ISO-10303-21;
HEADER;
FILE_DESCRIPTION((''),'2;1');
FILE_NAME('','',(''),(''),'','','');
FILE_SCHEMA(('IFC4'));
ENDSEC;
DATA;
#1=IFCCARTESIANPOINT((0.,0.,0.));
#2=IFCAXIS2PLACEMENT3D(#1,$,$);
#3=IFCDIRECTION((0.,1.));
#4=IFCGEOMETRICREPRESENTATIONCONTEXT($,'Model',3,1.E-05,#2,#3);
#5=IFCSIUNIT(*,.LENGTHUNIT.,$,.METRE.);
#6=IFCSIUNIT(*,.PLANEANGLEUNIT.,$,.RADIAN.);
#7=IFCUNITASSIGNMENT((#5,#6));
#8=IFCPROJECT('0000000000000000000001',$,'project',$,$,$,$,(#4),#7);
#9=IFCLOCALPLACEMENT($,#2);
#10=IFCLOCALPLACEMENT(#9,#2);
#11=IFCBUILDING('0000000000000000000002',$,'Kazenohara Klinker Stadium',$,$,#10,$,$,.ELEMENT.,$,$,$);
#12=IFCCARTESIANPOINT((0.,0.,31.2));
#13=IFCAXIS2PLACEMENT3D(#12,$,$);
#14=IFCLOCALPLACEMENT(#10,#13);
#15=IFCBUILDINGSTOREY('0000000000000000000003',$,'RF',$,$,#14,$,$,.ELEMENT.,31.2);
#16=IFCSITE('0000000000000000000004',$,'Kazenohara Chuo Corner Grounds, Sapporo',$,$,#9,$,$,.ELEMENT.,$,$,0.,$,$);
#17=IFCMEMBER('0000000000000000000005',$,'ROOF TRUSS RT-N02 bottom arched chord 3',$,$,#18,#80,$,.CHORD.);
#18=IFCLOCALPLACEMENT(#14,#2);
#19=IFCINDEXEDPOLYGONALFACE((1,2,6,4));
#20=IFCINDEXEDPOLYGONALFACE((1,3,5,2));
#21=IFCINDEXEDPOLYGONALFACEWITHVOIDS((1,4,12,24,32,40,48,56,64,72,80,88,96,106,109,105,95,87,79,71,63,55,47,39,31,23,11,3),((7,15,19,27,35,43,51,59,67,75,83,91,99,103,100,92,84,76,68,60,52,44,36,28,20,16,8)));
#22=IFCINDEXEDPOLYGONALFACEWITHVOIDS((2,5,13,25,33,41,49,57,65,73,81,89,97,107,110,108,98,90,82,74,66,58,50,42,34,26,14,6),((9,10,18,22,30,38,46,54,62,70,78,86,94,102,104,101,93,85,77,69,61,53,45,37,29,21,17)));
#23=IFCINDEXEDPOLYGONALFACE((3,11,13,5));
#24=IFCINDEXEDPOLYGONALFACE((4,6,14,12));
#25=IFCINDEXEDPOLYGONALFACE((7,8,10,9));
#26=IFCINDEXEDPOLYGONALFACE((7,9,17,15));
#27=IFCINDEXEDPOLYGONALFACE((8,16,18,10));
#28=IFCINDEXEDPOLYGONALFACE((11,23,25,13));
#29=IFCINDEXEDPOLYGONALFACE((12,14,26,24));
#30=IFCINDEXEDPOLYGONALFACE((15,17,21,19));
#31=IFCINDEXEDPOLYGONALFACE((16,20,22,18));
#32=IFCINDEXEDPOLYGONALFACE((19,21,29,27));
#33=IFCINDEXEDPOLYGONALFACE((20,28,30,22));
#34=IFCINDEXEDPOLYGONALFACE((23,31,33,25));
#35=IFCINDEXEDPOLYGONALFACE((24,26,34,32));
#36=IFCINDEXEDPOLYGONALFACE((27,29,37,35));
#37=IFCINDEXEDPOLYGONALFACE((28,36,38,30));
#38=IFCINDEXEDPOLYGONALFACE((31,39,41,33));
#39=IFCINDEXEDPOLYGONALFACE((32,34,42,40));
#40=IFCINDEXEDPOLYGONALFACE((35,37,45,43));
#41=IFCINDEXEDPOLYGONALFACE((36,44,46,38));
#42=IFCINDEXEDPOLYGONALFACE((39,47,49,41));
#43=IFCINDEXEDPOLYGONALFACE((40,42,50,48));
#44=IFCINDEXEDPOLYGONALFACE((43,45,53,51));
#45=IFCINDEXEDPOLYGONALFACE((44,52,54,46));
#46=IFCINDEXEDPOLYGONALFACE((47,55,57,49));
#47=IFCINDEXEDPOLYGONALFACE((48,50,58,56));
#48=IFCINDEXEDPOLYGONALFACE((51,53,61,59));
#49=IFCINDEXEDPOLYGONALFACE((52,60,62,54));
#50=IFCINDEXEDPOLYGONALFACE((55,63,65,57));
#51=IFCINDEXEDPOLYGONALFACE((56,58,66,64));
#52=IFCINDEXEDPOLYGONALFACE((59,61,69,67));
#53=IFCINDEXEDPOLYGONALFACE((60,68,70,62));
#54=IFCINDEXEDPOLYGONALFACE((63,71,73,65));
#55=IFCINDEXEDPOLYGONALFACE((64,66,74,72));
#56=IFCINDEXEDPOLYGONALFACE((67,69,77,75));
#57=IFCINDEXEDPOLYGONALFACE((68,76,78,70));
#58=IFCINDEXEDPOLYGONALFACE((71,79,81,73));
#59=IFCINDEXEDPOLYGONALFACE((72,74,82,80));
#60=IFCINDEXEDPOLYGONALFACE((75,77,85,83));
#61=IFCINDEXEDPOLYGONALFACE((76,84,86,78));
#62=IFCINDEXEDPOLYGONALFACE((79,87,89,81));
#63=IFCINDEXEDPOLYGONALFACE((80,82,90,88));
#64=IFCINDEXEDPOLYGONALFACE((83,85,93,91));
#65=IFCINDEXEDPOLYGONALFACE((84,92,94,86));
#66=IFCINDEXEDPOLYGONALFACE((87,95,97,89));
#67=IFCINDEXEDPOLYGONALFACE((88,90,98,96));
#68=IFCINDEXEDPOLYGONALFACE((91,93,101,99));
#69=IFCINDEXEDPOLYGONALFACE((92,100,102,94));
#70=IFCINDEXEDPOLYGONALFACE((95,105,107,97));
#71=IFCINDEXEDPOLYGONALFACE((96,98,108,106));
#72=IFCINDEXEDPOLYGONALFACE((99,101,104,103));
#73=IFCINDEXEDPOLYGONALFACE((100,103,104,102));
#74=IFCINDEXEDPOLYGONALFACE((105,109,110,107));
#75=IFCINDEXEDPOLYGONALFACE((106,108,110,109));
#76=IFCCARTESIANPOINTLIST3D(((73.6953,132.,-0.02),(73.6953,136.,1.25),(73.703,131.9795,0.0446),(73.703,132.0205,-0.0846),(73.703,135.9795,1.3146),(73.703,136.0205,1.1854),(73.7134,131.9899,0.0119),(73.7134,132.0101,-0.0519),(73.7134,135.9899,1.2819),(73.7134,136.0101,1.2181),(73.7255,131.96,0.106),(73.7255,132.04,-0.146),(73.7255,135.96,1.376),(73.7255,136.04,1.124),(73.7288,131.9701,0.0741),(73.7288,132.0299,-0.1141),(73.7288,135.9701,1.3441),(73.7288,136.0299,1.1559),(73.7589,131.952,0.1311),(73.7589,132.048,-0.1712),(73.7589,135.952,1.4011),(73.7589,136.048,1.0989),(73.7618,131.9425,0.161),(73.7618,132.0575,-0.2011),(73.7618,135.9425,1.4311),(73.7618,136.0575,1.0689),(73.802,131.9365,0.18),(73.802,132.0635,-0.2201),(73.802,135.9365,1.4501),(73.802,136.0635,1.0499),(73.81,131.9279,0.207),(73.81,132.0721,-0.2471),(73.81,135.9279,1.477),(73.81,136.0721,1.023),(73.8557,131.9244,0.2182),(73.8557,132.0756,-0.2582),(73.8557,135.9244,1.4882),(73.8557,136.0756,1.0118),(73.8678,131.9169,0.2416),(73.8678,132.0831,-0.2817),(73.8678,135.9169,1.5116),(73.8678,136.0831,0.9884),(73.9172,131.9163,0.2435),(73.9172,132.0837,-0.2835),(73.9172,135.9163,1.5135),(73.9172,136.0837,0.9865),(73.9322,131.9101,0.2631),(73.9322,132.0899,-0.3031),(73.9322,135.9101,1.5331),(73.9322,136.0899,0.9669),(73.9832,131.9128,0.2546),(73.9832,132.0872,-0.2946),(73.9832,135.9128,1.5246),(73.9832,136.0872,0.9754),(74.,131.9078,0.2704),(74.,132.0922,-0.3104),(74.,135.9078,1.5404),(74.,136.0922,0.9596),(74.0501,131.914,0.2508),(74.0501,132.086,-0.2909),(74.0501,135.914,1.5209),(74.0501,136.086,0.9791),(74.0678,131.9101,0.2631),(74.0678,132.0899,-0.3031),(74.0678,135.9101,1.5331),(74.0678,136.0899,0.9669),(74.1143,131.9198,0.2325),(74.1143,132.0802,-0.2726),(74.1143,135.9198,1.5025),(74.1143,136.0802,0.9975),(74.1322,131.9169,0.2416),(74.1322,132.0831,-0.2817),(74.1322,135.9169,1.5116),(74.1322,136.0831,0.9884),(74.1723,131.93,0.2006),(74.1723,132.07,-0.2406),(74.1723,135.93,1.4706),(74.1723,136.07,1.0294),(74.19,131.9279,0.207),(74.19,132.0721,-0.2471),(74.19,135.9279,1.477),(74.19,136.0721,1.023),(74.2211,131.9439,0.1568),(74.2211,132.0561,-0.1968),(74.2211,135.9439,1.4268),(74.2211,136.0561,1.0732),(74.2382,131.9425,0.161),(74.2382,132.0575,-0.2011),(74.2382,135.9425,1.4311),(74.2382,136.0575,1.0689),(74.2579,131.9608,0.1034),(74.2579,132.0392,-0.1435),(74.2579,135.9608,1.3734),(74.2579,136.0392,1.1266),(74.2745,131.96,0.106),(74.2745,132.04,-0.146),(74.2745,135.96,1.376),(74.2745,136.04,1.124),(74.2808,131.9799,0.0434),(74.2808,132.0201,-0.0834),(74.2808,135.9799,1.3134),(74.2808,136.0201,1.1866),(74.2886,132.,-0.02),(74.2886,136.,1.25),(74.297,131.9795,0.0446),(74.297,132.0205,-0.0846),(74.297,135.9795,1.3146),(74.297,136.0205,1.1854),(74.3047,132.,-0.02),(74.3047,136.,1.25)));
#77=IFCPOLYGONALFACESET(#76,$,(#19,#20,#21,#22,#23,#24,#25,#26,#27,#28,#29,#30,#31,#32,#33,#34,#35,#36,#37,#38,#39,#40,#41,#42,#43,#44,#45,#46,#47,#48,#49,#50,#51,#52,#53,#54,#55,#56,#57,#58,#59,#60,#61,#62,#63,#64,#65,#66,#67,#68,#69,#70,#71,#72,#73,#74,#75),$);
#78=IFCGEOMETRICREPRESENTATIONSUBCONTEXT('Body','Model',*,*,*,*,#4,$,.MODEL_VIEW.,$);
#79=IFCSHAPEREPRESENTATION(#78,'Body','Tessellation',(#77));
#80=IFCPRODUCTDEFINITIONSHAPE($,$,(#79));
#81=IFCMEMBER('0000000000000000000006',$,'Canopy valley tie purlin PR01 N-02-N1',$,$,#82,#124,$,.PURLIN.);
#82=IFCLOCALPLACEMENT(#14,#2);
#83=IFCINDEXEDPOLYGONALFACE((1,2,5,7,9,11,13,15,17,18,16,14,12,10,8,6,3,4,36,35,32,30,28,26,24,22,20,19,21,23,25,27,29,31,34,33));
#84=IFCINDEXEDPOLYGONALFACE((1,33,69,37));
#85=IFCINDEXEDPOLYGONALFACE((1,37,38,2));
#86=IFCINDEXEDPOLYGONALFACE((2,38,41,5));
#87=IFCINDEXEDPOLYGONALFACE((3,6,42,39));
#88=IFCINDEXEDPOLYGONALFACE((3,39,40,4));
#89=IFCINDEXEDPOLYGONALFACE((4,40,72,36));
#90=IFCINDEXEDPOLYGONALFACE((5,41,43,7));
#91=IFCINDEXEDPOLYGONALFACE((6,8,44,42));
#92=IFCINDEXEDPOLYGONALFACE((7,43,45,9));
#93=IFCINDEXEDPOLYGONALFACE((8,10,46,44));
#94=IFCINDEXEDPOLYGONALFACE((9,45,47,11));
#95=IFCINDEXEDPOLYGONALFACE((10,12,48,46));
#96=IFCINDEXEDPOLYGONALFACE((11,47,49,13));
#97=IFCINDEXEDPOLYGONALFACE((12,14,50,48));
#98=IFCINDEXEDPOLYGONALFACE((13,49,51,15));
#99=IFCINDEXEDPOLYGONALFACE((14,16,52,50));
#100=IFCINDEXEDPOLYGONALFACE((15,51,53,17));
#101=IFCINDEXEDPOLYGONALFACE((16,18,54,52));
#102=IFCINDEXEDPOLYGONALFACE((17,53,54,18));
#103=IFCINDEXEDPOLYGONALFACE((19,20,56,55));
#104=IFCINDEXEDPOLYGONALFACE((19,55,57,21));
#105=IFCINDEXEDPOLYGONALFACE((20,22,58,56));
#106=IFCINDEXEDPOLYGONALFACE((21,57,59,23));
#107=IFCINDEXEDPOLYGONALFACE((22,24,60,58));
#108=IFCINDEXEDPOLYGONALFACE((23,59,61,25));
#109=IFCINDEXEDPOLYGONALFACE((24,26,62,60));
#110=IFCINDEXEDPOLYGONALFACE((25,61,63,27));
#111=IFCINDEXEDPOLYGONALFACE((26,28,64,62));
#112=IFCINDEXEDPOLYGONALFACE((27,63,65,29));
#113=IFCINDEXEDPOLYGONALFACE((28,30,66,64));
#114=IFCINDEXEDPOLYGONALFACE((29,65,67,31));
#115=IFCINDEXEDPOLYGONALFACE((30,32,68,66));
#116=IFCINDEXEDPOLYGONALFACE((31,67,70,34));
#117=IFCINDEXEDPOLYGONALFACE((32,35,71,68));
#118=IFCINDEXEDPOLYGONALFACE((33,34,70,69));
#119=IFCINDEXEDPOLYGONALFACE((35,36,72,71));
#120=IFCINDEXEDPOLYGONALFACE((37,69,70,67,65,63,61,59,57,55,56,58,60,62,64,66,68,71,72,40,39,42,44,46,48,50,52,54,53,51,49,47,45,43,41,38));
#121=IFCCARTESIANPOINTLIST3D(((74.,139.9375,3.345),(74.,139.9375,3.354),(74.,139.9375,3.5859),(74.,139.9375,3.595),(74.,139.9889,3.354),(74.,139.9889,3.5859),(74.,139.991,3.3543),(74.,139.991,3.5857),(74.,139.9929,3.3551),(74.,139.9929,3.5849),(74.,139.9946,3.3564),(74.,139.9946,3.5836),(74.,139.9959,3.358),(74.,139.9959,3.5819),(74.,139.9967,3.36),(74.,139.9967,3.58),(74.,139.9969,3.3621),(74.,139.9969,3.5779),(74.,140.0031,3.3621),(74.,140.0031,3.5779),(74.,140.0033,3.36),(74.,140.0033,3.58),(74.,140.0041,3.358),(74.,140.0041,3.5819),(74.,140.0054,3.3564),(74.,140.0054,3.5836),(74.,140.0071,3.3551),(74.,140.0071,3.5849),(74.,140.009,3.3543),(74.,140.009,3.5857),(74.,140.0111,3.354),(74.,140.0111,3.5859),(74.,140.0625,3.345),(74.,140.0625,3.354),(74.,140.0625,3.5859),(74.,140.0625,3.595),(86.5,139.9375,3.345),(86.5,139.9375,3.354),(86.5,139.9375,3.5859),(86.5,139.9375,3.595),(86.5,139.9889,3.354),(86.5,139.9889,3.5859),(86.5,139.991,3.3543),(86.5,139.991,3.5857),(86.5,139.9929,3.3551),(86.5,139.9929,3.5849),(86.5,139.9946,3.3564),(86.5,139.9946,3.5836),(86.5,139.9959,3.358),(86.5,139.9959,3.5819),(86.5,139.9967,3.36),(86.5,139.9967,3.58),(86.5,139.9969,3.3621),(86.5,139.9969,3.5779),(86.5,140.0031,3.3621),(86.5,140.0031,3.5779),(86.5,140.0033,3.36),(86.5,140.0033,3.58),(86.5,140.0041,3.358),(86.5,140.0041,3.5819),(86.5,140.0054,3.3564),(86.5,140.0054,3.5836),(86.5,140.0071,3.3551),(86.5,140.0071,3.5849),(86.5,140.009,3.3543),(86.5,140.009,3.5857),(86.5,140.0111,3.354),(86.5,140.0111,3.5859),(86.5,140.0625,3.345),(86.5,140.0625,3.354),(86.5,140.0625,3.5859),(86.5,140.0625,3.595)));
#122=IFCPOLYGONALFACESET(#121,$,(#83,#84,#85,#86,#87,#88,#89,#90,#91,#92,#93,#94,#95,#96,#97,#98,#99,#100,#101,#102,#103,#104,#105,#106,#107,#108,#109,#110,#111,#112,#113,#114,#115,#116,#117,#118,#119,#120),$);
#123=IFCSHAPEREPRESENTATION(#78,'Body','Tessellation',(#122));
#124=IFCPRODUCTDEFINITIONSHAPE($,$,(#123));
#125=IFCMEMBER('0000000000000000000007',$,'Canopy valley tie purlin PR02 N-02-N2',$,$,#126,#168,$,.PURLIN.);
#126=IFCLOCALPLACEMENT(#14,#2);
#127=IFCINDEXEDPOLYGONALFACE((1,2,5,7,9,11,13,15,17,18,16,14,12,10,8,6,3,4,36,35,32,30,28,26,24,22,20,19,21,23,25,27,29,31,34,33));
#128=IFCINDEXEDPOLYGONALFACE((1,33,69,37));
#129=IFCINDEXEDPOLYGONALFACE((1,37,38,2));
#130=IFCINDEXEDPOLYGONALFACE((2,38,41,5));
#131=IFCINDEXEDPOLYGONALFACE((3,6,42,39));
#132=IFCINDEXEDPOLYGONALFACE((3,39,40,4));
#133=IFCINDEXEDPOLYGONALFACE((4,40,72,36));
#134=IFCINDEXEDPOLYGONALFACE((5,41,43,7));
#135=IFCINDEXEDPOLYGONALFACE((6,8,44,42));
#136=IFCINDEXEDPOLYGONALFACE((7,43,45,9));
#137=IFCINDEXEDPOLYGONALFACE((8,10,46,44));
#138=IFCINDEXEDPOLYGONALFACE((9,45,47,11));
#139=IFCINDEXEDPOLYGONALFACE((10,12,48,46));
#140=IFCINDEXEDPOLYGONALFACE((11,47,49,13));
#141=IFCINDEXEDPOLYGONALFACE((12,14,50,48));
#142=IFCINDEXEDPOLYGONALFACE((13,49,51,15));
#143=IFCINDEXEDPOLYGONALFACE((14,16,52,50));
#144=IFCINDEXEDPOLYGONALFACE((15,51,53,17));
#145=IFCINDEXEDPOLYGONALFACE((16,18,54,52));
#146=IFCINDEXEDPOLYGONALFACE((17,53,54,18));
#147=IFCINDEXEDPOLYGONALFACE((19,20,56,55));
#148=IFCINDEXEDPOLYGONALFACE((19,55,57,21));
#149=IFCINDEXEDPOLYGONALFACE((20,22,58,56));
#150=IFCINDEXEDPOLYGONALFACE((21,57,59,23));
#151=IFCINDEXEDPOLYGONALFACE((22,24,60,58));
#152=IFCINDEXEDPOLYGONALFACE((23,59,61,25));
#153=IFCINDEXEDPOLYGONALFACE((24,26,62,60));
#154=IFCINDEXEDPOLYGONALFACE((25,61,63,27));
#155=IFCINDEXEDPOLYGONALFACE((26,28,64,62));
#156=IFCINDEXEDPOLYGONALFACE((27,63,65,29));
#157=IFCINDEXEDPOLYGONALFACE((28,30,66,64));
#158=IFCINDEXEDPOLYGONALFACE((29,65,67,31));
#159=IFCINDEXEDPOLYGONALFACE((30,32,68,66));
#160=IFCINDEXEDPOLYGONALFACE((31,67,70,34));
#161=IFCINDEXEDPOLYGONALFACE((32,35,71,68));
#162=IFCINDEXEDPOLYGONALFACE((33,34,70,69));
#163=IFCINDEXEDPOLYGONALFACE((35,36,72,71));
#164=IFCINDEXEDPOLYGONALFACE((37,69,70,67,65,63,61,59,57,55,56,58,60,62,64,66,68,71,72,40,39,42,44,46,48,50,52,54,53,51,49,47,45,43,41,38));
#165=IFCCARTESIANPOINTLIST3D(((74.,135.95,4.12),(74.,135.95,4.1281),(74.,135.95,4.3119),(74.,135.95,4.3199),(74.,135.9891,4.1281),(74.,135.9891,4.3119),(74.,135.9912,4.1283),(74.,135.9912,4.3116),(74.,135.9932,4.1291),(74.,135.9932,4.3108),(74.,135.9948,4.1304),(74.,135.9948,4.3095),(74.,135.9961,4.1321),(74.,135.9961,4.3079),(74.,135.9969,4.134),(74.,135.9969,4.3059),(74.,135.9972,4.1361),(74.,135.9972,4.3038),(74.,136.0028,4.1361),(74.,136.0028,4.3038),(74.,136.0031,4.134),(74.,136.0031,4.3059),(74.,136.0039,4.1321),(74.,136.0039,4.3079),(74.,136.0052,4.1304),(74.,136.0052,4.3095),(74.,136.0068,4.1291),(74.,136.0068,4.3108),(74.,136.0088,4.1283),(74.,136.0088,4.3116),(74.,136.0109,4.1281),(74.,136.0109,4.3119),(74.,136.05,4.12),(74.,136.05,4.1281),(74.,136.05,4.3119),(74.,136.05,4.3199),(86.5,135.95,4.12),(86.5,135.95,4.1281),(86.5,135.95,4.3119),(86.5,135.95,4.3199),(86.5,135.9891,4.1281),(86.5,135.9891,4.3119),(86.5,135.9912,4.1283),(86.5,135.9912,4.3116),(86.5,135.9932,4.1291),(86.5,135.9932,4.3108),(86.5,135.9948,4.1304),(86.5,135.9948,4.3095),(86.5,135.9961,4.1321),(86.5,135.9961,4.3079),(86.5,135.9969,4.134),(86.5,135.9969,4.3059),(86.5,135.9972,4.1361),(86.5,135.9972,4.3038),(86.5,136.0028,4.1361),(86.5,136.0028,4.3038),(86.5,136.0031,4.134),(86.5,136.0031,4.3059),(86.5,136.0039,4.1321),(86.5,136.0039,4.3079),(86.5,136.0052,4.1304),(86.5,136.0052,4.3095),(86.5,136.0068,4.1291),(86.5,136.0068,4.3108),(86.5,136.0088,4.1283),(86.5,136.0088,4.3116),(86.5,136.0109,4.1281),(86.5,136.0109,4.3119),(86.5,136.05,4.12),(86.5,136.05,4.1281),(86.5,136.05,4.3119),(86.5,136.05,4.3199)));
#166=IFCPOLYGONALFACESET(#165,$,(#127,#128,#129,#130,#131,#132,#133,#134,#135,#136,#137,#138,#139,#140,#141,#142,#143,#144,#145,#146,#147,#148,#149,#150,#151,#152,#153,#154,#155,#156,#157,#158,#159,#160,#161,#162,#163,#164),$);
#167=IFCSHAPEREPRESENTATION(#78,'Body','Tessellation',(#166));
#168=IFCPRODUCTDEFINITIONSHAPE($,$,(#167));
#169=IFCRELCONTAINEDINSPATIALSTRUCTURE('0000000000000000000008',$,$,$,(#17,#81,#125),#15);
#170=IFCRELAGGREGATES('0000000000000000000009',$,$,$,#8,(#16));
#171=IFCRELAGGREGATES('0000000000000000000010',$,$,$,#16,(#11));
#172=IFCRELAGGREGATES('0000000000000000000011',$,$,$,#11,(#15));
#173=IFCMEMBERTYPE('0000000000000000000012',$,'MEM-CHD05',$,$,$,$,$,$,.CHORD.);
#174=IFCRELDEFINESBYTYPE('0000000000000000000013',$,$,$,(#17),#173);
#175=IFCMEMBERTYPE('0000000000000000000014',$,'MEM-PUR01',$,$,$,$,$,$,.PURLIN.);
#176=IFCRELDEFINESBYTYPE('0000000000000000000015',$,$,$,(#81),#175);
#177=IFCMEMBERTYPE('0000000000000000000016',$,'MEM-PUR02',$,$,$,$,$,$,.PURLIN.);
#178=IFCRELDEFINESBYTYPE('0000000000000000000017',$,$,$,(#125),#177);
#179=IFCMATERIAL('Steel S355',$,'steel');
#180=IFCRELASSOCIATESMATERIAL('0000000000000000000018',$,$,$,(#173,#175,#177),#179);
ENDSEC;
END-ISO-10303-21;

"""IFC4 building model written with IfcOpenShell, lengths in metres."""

from ifc_helpers import new_model, si_unit, direction, frame, origin, origin_2d, place, context, subcontext, project, spatial, hollow_circle, i_section, extrude, material, material_profile, profile_set, type_object, element, save


model = new_model("IFC4")

# Units and contexts
model_context = context("Model", 3, precision=1e-05, world=origin(), true_north=direction((0.0, 1.0)))
body_context = subcontext(model_context, "Body", "Model", "MODEL_VIEW")
ifc_project = project(units=[si_unit("LENGTHUNIT", "METRE"), si_unit("PLANEANGLEUNIT", "RADIAN")], contexts=[model_context])

# Site, building, storey
site_placement = place(None, origin())
site = spatial("IfcSite", under=ifc_project, at=site_placement, Name="Kazenohara Chuo Corner Grounds, Sapporo", CompositionType="ELEMENT", RefElevation=0.0)
building_placement = place(site_placement, origin())
building = spatial("IfcBuilding", under=site, at=building_placement, Name="Kazenohara Klinker Stadium", CompositionType="ELEMENT")
storey_placement = place(building_placement, frame((0.0, 0.0, 31.2)))
storey = spatial("IfcBuildingStorey", under=building, at=storey_placement, Name="RF", CompositionType="ELEMENT", Elevation=31.2)

# Members
ifc_material_1 = material(Name="Steel S355", Category="steel")
ifc_material_profile_1 = material_profile(ifc_material_1, hollow_circle(Radius=0.3047, WallThickness=0.0161, at=origin_2d()), Name="CHS-609.6x16")
ifc_profile_set_1 = profile_set([ifc_material_profile_1], Name="Steel S355")
member_type_1 = type_object("IfcMemberType", Name="MEM-CHD05", PredefinedType="CHORD", material=ifc_profile_set_1)
member_1_placement = place(storey_placement, frame((74.0, 136.0, 1.25), z_axis=(0.0, -0.953112, -0.302618), x_axis=(1.0, 0.0, 0.0)))
element("IfcMember", 1, at=member_1_placement, inside=storey, type_object=member_type_1, Name="ROOF TRUSS RT-N02 bottom arched chord 3", PredefinedType="CHORD", context=body_context, shape_type="SweptSolid", body=[
    extrude(hollow_circle(Radius=0.3047, WallThickness=0.0161, at=origin_2d()), origin(), (0.0, 0.0, 1.0), 4.1968),
])
ifc_material_profile_2 = material_profile(ifc_material_1, i_section(OverallWidth=0.125, OverallDepth=0.25, WebThickness=0.0061, FlangeThickness=0.009, FilletRadius=0.0081, at=origin_2d()), Name="H-250x125x6x9")
ifc_profile_set_2 = profile_set([ifc_material_profile_2], Name="Steel S355")
member_type_2 = type_object("IfcMemberType", Name="MEM-PUR01", PredefinedType="PURLIN", material=ifc_profile_set_2)
member_2_placement = place(storey_placement, frame((74.0, 140.0, 3.47), z_axis=(1.0, 0.0, 0.0), x_axis=(0.0, 1.0, 0.0)))
element("IfcMember", 2, at=member_2_placement, inside=storey, type_object=member_type_2, Name="Canopy valley tie purlin PR01 N-02-N1", PredefinedType="PURLIN", context=body_context, shape_type="SweptSolid", body=[
    extrude(i_section(OverallWidth=0.125, OverallDepth=0.25, WebThickness=0.0061, FlangeThickness=0.009, FilletRadius=0.0081, at=origin_2d()), origin(), (0.0, 0.0, 1.0), 12.5),
])
ifc_material_profile_3 = material_profile(ifc_material_1, i_section(OverallWidth=0.1001, OverallDepth=0.2, WebThickness=0.0056, FlangeThickness=0.0081, FilletRadius=0.0081, at=origin_2d()), Name="H-200x100x5.5x8")
ifc_profile_set_3 = profile_set([ifc_material_profile_3], Name="Steel S355")
member_type_3 = type_object("IfcMemberType", Name="MEM-PUR02", PredefinedType="PURLIN", material=ifc_profile_set_3)
member_3_placement = place(storey_placement, frame((74.0, 136.0, 4.22), z_axis=(1.0, 0.0, 0.0), x_axis=(0.0, 1.0, 0.0)))
element("IfcMember", 3, at=member_3_placement, inside=storey, type_object=member_type_3, Name="Canopy valley tie purlin PR02 N-02-N2", PredefinedType="PURLIN", context=body_context, shape_type="SweptSolid", body=[
    extrude(i_section(OverallWidth=0.1001, OverallDepth=0.2, WebThickness=0.0056, FlangeThickness=0.0081, FilletRadius=0.0081, at=origin_2d()), origin(), (0.0, 0.0, 1.0), 12.5),
])

save(model, "model.ifc")
